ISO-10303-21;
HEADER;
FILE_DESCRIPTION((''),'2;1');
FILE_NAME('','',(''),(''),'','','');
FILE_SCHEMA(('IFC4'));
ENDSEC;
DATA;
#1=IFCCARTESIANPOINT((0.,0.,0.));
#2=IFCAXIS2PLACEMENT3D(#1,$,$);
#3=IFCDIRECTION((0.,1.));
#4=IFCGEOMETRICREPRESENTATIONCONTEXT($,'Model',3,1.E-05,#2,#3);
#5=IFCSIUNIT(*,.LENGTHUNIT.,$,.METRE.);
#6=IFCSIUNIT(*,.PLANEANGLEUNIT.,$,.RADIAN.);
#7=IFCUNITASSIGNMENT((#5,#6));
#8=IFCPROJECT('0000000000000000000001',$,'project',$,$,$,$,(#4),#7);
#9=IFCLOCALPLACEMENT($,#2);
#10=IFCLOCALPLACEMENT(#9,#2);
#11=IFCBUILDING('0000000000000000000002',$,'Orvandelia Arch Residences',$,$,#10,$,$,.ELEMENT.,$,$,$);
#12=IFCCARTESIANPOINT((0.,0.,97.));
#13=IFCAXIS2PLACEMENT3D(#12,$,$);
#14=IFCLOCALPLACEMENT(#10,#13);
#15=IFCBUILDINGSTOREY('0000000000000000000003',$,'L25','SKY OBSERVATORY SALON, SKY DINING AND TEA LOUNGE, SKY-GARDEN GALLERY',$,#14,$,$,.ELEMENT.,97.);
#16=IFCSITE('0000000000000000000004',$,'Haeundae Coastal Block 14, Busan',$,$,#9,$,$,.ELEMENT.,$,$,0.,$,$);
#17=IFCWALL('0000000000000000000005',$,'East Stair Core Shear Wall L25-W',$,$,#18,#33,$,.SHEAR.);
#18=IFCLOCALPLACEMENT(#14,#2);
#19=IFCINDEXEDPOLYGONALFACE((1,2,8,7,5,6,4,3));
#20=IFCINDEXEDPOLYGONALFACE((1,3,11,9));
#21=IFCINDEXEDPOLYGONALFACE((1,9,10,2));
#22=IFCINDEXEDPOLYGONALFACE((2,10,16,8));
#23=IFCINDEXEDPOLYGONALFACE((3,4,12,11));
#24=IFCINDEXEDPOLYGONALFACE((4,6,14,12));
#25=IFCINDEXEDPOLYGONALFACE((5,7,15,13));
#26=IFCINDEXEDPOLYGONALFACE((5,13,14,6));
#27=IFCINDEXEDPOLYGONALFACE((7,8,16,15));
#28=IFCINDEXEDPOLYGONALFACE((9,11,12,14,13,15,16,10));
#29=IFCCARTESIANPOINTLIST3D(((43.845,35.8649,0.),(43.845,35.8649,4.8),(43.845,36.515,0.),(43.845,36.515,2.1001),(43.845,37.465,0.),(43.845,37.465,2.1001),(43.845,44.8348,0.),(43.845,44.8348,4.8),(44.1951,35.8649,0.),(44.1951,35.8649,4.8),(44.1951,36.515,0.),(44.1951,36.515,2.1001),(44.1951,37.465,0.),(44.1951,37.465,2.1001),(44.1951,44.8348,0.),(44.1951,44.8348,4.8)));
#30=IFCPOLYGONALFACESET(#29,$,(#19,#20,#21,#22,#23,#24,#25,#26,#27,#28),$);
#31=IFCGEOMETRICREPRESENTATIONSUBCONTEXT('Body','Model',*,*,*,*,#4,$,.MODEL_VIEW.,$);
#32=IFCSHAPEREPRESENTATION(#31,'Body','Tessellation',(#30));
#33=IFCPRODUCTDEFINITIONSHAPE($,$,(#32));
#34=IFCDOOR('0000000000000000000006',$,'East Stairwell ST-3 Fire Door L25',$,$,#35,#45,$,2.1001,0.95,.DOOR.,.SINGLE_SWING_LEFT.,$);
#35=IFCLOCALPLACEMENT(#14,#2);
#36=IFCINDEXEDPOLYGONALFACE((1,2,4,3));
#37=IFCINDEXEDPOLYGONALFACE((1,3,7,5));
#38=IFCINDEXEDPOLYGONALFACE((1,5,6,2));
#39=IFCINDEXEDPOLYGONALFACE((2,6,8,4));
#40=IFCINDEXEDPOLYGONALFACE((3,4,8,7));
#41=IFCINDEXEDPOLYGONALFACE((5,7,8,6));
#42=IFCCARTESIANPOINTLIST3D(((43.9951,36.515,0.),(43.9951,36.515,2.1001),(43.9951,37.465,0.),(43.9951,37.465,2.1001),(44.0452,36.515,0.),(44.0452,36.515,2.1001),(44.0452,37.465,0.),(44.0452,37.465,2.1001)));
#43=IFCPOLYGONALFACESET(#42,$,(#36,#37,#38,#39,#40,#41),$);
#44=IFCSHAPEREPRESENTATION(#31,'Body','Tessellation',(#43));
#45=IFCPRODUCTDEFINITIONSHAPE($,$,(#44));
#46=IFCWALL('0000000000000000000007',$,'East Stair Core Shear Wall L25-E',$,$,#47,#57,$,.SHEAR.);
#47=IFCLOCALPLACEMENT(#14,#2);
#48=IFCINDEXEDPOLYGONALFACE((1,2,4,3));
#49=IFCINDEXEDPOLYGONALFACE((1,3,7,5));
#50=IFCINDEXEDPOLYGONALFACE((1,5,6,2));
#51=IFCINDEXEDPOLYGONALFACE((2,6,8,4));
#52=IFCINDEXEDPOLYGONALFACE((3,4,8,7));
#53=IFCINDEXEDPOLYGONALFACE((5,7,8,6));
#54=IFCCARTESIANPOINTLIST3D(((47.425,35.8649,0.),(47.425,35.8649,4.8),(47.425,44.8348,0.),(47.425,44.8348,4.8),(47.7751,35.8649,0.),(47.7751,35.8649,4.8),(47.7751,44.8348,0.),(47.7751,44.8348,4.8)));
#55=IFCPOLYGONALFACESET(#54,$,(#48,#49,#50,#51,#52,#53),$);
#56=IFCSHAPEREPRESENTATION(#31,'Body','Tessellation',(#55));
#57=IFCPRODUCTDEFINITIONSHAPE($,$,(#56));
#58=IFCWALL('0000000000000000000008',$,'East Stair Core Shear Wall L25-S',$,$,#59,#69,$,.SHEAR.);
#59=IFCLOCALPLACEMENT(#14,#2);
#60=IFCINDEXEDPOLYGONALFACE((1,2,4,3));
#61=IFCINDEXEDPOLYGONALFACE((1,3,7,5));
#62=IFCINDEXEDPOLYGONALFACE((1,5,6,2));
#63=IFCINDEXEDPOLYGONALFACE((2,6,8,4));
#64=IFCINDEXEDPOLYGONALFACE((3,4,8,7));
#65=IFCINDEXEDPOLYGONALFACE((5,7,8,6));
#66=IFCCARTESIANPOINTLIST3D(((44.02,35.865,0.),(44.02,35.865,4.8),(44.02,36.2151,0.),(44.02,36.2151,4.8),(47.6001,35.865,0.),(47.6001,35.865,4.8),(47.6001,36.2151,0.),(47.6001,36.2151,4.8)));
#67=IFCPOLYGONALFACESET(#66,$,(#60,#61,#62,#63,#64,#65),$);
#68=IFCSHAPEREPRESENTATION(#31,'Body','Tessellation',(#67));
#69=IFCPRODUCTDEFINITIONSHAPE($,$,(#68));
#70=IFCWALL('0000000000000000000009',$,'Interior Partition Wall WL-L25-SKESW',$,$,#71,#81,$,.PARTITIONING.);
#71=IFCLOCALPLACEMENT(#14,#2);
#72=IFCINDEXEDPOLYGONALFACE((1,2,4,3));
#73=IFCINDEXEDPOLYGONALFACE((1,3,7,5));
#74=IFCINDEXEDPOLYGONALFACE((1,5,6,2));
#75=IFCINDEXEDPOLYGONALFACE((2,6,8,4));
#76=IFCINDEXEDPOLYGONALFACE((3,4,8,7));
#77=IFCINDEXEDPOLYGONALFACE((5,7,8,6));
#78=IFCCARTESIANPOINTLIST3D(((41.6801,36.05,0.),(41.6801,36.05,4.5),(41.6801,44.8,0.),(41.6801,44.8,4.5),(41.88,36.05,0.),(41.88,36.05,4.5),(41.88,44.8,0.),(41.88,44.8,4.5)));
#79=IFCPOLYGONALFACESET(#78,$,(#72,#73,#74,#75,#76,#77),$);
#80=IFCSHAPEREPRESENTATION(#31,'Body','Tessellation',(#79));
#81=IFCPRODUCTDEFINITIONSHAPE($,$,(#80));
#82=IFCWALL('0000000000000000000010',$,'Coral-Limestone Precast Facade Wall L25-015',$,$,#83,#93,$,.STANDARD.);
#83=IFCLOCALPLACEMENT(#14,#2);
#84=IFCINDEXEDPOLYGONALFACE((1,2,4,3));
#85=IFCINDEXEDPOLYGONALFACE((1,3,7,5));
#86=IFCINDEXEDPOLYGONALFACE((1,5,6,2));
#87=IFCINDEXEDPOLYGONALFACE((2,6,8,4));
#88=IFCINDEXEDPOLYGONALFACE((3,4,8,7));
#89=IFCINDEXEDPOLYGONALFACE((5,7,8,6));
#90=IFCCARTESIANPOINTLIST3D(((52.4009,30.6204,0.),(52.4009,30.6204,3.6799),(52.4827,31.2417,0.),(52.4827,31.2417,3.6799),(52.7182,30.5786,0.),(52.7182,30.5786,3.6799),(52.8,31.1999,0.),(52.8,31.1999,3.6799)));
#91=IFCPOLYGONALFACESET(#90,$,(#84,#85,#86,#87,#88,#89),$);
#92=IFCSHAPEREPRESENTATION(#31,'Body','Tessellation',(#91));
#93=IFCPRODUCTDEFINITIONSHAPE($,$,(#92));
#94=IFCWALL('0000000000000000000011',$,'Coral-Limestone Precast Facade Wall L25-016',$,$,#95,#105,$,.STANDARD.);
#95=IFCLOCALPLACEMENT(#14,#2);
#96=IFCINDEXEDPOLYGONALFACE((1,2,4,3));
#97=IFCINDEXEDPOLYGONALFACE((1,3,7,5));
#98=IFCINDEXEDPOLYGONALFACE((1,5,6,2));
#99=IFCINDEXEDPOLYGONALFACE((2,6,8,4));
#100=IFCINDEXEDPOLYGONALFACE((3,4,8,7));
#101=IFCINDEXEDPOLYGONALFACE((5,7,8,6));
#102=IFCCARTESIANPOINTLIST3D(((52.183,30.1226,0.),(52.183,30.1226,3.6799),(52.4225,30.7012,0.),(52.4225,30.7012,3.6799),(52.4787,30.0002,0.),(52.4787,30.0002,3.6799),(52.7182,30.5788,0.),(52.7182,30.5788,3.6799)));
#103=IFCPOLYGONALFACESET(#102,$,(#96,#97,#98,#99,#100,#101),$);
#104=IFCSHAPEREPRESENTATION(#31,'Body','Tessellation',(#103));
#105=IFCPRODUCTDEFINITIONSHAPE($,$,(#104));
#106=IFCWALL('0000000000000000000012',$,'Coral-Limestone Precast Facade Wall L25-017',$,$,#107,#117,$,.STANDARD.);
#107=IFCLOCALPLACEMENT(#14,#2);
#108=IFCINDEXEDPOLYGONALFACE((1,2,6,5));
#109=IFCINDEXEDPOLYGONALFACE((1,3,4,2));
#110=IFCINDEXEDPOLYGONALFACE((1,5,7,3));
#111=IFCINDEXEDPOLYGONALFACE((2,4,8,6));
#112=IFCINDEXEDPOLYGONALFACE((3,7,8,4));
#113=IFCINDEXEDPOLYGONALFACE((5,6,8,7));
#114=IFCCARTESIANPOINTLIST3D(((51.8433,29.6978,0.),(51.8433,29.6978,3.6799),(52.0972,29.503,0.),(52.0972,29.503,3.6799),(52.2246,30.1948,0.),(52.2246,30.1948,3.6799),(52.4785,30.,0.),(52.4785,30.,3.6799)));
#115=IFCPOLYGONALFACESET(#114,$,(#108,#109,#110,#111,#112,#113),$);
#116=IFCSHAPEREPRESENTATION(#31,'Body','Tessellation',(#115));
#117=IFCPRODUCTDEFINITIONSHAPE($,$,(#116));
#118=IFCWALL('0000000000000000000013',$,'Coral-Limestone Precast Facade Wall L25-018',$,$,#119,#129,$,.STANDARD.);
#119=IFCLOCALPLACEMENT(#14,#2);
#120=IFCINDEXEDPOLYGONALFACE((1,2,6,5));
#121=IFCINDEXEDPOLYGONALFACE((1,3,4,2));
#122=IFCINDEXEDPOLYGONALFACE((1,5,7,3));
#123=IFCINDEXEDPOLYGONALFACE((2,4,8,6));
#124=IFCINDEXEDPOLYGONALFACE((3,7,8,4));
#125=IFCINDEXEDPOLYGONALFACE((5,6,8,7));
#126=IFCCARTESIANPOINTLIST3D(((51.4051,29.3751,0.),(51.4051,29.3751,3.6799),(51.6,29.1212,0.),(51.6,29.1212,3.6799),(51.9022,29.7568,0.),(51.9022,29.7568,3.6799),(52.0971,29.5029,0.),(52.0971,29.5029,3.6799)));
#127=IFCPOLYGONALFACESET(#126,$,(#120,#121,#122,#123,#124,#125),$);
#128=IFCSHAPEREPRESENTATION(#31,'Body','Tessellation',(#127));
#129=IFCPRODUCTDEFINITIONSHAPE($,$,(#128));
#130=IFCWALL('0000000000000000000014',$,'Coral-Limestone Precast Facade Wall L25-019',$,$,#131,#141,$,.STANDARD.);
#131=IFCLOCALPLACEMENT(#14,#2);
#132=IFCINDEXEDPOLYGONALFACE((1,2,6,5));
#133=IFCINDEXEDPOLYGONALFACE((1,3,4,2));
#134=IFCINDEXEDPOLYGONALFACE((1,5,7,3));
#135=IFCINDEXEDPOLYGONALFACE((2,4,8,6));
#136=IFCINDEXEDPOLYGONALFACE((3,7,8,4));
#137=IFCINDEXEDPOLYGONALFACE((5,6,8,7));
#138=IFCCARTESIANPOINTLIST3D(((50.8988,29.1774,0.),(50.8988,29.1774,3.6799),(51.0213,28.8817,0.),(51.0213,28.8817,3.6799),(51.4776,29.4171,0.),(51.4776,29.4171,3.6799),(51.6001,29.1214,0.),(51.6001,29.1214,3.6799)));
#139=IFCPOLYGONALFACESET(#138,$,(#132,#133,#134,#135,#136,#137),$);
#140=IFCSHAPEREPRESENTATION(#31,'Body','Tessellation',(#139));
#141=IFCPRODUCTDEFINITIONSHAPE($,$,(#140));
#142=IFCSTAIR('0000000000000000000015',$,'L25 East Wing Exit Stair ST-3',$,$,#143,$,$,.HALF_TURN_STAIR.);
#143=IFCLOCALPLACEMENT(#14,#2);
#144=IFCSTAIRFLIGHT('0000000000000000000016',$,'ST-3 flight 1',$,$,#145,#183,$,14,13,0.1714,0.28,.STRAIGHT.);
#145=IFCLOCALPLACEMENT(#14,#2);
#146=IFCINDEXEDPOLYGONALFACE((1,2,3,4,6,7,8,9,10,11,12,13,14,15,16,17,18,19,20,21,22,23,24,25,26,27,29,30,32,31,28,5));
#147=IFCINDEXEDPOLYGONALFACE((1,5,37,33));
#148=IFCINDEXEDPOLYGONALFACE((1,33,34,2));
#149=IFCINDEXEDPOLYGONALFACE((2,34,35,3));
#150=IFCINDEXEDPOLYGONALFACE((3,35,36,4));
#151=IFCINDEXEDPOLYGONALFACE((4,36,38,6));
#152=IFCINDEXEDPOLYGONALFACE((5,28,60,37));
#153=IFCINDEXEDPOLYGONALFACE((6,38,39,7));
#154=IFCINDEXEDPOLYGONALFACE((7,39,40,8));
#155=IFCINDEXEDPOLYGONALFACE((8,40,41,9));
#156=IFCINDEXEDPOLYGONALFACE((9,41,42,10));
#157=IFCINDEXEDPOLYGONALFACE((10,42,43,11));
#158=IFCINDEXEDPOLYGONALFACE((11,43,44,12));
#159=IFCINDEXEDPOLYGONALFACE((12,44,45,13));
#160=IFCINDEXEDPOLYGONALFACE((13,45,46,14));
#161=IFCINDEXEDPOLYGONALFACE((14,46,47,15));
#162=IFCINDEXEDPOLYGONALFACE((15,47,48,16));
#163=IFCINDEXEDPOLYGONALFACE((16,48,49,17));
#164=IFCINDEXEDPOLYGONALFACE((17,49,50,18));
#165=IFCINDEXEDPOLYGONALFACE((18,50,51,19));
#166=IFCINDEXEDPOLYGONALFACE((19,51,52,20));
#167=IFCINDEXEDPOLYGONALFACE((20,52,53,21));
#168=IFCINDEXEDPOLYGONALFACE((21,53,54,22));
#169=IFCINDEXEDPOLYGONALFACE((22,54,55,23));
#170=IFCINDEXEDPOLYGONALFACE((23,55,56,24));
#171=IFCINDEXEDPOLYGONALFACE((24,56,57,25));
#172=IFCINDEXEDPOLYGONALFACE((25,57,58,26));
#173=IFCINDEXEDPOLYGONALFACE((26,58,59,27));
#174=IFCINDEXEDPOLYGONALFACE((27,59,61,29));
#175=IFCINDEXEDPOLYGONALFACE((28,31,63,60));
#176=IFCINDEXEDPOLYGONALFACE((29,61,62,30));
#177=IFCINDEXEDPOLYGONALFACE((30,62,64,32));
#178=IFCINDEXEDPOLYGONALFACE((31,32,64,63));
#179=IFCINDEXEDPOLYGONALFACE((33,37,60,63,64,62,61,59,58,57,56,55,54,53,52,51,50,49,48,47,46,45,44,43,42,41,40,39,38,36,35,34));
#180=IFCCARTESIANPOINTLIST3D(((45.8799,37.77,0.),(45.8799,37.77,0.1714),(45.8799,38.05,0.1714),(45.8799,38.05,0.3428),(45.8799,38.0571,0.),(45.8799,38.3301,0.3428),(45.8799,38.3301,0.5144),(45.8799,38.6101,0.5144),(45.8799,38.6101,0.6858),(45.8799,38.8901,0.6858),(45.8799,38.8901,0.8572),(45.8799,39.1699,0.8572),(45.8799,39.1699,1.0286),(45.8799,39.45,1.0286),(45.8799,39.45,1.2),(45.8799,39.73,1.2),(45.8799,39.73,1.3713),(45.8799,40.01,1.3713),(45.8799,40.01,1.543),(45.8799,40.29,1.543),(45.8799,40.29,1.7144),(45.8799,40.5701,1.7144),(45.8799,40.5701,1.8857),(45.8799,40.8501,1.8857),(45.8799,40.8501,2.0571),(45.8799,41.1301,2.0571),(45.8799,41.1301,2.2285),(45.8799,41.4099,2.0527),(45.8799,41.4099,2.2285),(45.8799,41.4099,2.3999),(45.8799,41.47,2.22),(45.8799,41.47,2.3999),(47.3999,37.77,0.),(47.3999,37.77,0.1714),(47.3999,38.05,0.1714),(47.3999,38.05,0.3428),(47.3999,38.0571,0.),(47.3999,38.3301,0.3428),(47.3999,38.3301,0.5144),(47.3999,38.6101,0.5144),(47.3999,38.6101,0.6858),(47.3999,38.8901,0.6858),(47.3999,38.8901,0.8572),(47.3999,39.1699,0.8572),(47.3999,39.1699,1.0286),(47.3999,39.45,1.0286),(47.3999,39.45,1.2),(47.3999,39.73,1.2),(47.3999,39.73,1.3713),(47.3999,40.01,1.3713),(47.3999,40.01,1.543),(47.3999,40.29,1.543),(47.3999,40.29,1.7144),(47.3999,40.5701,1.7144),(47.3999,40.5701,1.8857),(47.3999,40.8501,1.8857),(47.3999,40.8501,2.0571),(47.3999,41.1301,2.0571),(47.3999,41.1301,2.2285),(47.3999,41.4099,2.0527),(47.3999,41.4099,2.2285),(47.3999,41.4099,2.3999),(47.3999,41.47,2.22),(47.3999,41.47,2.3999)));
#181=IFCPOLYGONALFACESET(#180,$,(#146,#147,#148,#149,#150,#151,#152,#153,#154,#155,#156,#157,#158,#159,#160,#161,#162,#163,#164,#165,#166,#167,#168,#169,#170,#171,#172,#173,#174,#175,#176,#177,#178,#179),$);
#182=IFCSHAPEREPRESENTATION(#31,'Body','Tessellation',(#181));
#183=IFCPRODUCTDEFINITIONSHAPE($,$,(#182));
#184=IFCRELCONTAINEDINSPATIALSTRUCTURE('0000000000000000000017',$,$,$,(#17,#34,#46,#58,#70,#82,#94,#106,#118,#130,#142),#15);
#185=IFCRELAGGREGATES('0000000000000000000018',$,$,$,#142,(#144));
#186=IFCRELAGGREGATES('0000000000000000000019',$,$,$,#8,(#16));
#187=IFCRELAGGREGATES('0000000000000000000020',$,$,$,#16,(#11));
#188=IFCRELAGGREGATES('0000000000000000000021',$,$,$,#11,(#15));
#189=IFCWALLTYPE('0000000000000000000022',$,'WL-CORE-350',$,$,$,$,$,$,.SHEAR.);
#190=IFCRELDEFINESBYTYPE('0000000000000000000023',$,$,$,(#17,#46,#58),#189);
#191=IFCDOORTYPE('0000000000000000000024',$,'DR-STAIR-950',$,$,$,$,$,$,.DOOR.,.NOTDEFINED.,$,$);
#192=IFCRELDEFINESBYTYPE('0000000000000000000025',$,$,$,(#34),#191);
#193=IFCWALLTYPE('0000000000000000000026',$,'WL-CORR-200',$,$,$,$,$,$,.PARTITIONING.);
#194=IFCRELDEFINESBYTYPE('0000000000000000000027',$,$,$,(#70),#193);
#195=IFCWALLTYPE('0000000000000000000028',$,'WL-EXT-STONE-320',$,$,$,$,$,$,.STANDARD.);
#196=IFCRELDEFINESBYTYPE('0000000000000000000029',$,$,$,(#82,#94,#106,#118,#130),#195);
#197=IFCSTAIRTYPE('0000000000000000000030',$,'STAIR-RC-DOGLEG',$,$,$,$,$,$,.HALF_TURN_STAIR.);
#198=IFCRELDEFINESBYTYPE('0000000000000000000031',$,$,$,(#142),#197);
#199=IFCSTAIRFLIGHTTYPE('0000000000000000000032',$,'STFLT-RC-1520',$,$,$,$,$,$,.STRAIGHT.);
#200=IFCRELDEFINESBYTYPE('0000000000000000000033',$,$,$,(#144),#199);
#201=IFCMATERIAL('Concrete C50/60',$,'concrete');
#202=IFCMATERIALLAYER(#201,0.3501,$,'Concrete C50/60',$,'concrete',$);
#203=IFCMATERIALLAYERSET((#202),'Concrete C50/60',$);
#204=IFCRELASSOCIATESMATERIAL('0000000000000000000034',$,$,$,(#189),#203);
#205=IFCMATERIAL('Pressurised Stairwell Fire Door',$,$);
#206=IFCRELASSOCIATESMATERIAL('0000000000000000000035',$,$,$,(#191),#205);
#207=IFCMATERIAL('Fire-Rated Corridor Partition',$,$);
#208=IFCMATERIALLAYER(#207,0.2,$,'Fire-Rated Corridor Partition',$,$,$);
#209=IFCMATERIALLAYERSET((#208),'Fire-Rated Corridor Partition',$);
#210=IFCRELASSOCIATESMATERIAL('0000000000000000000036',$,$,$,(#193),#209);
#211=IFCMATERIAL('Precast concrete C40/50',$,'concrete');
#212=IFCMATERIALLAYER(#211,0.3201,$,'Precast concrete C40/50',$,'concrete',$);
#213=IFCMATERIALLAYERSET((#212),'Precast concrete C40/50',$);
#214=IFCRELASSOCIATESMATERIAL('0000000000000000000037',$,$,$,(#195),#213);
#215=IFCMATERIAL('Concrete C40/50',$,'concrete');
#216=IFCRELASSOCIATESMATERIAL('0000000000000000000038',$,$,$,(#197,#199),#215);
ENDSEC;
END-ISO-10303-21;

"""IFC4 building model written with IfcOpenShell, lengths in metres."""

from ifc_helpers import new_model, si_unit, direction, frame, frame_2d, origin, place, context, subcontext, project, spatial, polyline, rectangle, outline, extrude, material, layer, layer_set, type_object, element, fill, aggregate, save


model = new_model("IFC4")

# Units and contexts
model_context = context("Model", 3, precision=1e-05, world=origin(), true_north=direction((0.0, 1.0)))
body_context = subcontext(model_context, "Body", "Model", "MODEL_VIEW")
ifc_project = project(units=[si_unit("LENGTHUNIT", "METRE"), si_unit("PLANEANGLEUNIT", "RADIAN")], contexts=[model_context])

# Site, building, storey
site_placement = place(None, origin())
site = spatial("IfcSite", under=ifc_project, at=site_placement, Name="Haeundae Coastal Block 14, Busan", CompositionType="ELEMENT", RefElevation=0.0)
building_placement = place(site_placement, origin())
building = spatial("IfcBuilding", under=site, at=building_placement, Name="Orvandelia Arch Residences", CompositionType="ELEMENT")
storey_placement = place(building_placement, frame((0.0, 0.0, 97.0)))
storey = spatial("IfcBuildingStorey", under=building, at=storey_placement, Name="L25", Description="SKY OBSERVATORY SALON, SKY DINING AND TEA LOUNGE, SKY-GARDEN GALLERY", CompositionType="ELEMENT", Elevation=97.0)

# Wall, opening, door
ifc_material_1 = material(Name="Concrete C50/60", Category="concrete")
ifc_layer_1 = layer(ifc_material_1, 0.3501, Name="Concrete C50/60", Category="concrete")
ifc_layer_set_1 = layer_set([ifc_layer_1], Name="Concrete C50/60")
wall_type_1 = type_object("IfcWallType", Name="WL-CORE-350", PredefinedType="SHEAR", material=ifc_layer_set_1)
wall_1_placement = place(storey_placement, frame((44.02, 35.865, 0.0), z_axis=(0.0, 0.0, 1.0), x_axis=(0.0, 1.0, 0.0)))
wall_1 = element("IfcWall", 1, at=wall_1_placement, inside=storey, type_object=wall_type_1, Name="East Stair Core Shear Wall L25-W", PredefinedType="SHEAR", context=body_context, shape_type="SweptSolid", body=[
    extrude(rectangle(XDim=8.97, YDim=0.3501, at=frame_2d((4.4849, 0.0))), origin(), (0.0, 0.0, 1.0), 4.8),
])
opening_1_placement = place(wall_1_placement, frame((0.6499, 0.0, 0.0)))
opening_1 = element("IfcOpeningElement", 2, at=opening_1_placement, cuts=wall_1, PredefinedType="OPENING", context=body_context, shape_type="SweptSolid", body=[
    extrude(rectangle(XDim=0.95, YDim=2.1001, at=frame_2d((0.4751, 1.05))), frame((0.0, 0.1851, 0.0), z_axis=(0.0, -1.0, 0.0), x_axis=(1.0, 0.0, 0.0)), (0.0, 0.0, 1.0), 0.3701),
])
ifc_material_2 = material(Name="Pressurised Stairwell Fire Door")
door_type_1 = type_object("IfcDoorType", Name="DR-STAIR-950", OperationType="NOTDEFINED", PredefinedType="DOOR", material=ifc_material_2)
door_1_placement = place(opening_1_placement, origin())
door_1 = element("IfcDoor", 3, at=door_1_placement, inside=storey, type_object=door_type_1, Name="East Stairwell ST-3 Fire Door L25", OperationType="SINGLE_SWING_LEFT", OverallHeight=2.1001, OverallWidth=0.95, PredefinedType="DOOR", context=body_context, shape_type="SweptSolid", body=[
    extrude(rectangle(XDim=0.95, YDim=2.1001, at=frame_2d((0.4751, 1.05))), frame((0.0, 0.0249, 0.0), z_axis=(0.0, -1.0, 0.0), x_axis=(1.0, 0.0, 0.0)), (0.0, 0.0, 1.0), 0.05),
])
fill(opening_1, door_1)

# Walls
wall_2_placement = place(storey_placement, frame((47.6001, 35.865, 0.0), z_axis=(0.0, 0.0, 1.0), x_axis=(0.0, 1.0, 0.0)))
element("IfcWall", 4, at=wall_2_placement, inside=storey, type_object=wall_type_1, Name="East Stair Core Shear Wall L25-E", PredefinedType="SHEAR", context=body_context, shape_type="SweptSolid", body=[
    extrude(rectangle(XDim=8.97, YDim=0.3501, at=frame_2d((4.4849, 0.0))), origin(), (0.0, 0.0, 1.0), 4.8),
])
wall_3_placement = place(storey_placement, frame((44.02, 36.04, 0.0), z_axis=(0.0, 0.0, 1.0), x_axis=(1.0, 0.0, 0.0)))
element("IfcWall", 5, at=wall_3_placement, inside=storey, type_object=wall_type_1, Name="East Stair Core Shear Wall L25-S", PredefinedType="SHEAR", context=body_context, shape_type="SweptSolid", body=[
    extrude(rectangle(XDim=3.5801, YDim=0.3501, at=frame_2d((1.79, 0.0))), origin(), (0.0, 0.0, 1.0), 4.8),
])
ifc_material_3 = material(Name="Fire-Rated Corridor Partition")
ifc_layer_2 = layer(ifc_material_3, 0.2, Name="Fire-Rated Corridor Partition")
ifc_layer_set_2 = layer_set([ifc_layer_2], Name="Fire-Rated Corridor Partition")
wall_type_2 = type_object("IfcWallType", Name="WL-CORR-200", PredefinedType="PARTITIONING", material=ifc_layer_set_2)
wall_4_placement = place(storey_placement, frame((41.78, 36.05, 0.0), z_axis=(0.0, 0.0, 1.0), x_axis=(0.0, 1.0, 0.0)))
element("IfcWall", 6, at=wall_4_placement, inside=storey, type_object=wall_type_2, Name="Interior Partition Wall WL-L25-SKESW", PredefinedType="PARTITIONING", context=body_context, shape_type="SweptSolid", body=[
    extrude(rectangle(XDim=8.75, YDim=0.2, at=frame_2d((4.375, 0.0))), origin(), (0.0, 0.0, 1.0), 4.5),
])

# Walls
ifc_material_4 = material(Name="Precast concrete C40/50", Category="concrete")
ifc_layer_3 = layer(ifc_material_4, 0.3201, Name="Precast concrete C40/50", Category="concrete")
ifc_layer_set_3 = layer_set([ifc_layer_3], Name="Precast concrete C40/50")
wall_type_3 = type_object("IfcWallType", Name="WL-EXT-STONE-320", PredefinedType="STANDARD", material=ifc_layer_set_3)
wall_5_placement = place(storey_placement, frame((52.6414, 31.2209, 0.0), z_axis=(0.0, 0.0, 1.0), x_axis=(-0.130505, -0.991448, 0.0)))
element("IfcWall", 7, at=wall_5_placement, inside=storey, type_object=wall_type_3, Name="Coral-Limestone Precast Facade Wall L25-015", PredefinedType="STANDARD", context=body_context, shape_type="SweptSolid", body=[
    extrude(rectangle(XDim=0.6267, YDim=0.3201, at=frame_2d((0.3135, 0.0))), origin(), (0.0, 0.0, 1.0), 3.6799),
])
wall_6_placement = place(storey_placement, frame((52.5703, 30.6399, 0.0), z_axis=(0.0, 0.0, 1.0), x_axis=(-0.382455, -0.923974, 0.0)))
element("IfcWall", 8, at=wall_6_placement, inside=storey, type_object=wall_type_3, Name="Coral-Limestone Precast Facade Wall L25-016", PredefinedType="STANDARD", context=body_context, shape_type="SweptSolid", body=[
    extrude(rectangle(XDim=0.6262, YDim=0.3201, at=frame_2d((0.313, 0.0))), origin(), (0.0, 0.0, 1.0), 3.6799),
])
wall_7_placement = place(storey_placement, frame((52.3516, 30.0974, 0.0), z_axis=(0.0, 0.0, 1.0), x_axis=(-0.608693, -0.793406, 0.0)))
element("IfcWall", 9, at=wall_7_placement, inside=storey, type_object=wall_type_3, Name="Coral-Limestone Precast Facade Wall L25-017", PredefinedType="STANDARD", context=body_context, shape_type="SweptSolid", body=[
    extrude(rectangle(XDim=0.6265, YDim=0.3201, at=frame_2d((0.3132, 0.0))), origin(), (0.0, 0.0, 1.0), 3.6799),
])
wall_8_placement = place(storey_placement, frame((51.9998, 29.6299, 0.0), z_axis=(0.0, 0.0, 1.0), x_axis=(-0.793217, -0.608939, 0.0)))
element("IfcWall", 10, at=wall_8_placement, inside=storey, type_object=wall_type_3, Name="Coral-Limestone Precast Facade Wall L25-018", PredefinedType="STANDARD", context=body_context, shape_type="SweptSolid", body=[
    extrude(rectangle(XDim=0.6267, YDim=0.3201, at=frame_2d((0.3135, 0.0))), origin(), (0.0, 0.0, 1.0), 3.6799),
])
wall_9_placement = place(storey_placement, frame((51.5388, 29.2693, 0.0), z_axis=(0.0, 0.0, 1.0), x_axis=(-0.923893, -0.38265, 0.0)))
element("IfcWall", 11, at=wall_9_placement, inside=storey, type_object=wall_type_3, Name="Coral-Limestone Precast Facade Wall L25-019", PredefinedType="STANDARD", context=body_context, shape_type="SweptSolid", body=[
    extrude(rectangle(XDim=0.6265, YDim=0.3201, at=frame_2d((0.3132, 0.0))), origin(), (0.0, 0.0, 1.0), 3.6799),
])

# Stair, stair flight
ifc_material_5 = material(Name="Concrete C40/50", Category="concrete")
stair_type = type_object("IfcStairType", Name="STAIR-RC-DOGLEG", PredefinedType="HALF_TURN_STAIR", material=ifc_material_5)
stair_placement = place(storey_placement, origin())
stair = element("IfcStair", 12, at=stair_placement, inside=storey, type_object=stair_type, Name="L25 East Wing Exit Stair ST-3", PredefinedType="HALF_TURN_STAIR")
stair_flight_type = type_object("IfcStairFlightType", Name="STFLT-RC-1520", PredefinedType="STRAIGHT", material=ifc_material_5)
stair_flight_placement = place(storey_placement, frame((46.6399, 37.77, 0.0), z_axis=(0.0, 0.0, 1.0), x_axis=(0.0, 1.0, 0.0)))
stair_flight = element("IfcStairFlight", 13, at=stair_flight_placement, type_object=stair_flight_type, Name="ST-3 flight 1", NumberOfRisers=14, NumberOfTreads=13, PredefinedType="STRAIGHT", RiserHeight=0.1714, TreadLength=0.28, context=body_context, shape_type="SweptSolid", body=[
    extrude(outline(polyline([(0.0, 0.0), (0.0, 0.1714), (0.28, 0.1714), (0.28, 0.3428), (0.5601, 0.3428), (0.5601, 0.5144), (0.8401, 0.5144), (0.8401, 0.6858), (1.1201, 0.6858), (1.1201, 0.8572), (1.3999, 0.8572), (1.3999, 1.0286), (1.6799, 1.0286), (1.6799, 1.2), (1.96, 1.2), (1.96, 1.3713), (2.24, 1.3713), (2.24, 1.543), (2.52, 1.543), (2.52, 1.7144), (2.8, 1.7144), (2.8, 1.8857), (3.0801, 1.8857), (3.0801, 2.0571), (3.3601, 2.0571), (3.3601, 2.2285), (3.6399, 2.2285), (3.6399, 2.3999), (3.7, 2.3999), (3.7, 2.22), (3.6399, 2.0527), (0.2871, 0.0), (0.0, 0.0)])), frame((0.0, 0.76, 0.0), z_axis=(0.0, -1.0, 0.0), x_axis=(1.0, 0.0, 0.0)), (0.0, 0.0, 1.0), 1.52),
])
aggregate(stair, [stair_flight])

save(model, "model.ifc")
